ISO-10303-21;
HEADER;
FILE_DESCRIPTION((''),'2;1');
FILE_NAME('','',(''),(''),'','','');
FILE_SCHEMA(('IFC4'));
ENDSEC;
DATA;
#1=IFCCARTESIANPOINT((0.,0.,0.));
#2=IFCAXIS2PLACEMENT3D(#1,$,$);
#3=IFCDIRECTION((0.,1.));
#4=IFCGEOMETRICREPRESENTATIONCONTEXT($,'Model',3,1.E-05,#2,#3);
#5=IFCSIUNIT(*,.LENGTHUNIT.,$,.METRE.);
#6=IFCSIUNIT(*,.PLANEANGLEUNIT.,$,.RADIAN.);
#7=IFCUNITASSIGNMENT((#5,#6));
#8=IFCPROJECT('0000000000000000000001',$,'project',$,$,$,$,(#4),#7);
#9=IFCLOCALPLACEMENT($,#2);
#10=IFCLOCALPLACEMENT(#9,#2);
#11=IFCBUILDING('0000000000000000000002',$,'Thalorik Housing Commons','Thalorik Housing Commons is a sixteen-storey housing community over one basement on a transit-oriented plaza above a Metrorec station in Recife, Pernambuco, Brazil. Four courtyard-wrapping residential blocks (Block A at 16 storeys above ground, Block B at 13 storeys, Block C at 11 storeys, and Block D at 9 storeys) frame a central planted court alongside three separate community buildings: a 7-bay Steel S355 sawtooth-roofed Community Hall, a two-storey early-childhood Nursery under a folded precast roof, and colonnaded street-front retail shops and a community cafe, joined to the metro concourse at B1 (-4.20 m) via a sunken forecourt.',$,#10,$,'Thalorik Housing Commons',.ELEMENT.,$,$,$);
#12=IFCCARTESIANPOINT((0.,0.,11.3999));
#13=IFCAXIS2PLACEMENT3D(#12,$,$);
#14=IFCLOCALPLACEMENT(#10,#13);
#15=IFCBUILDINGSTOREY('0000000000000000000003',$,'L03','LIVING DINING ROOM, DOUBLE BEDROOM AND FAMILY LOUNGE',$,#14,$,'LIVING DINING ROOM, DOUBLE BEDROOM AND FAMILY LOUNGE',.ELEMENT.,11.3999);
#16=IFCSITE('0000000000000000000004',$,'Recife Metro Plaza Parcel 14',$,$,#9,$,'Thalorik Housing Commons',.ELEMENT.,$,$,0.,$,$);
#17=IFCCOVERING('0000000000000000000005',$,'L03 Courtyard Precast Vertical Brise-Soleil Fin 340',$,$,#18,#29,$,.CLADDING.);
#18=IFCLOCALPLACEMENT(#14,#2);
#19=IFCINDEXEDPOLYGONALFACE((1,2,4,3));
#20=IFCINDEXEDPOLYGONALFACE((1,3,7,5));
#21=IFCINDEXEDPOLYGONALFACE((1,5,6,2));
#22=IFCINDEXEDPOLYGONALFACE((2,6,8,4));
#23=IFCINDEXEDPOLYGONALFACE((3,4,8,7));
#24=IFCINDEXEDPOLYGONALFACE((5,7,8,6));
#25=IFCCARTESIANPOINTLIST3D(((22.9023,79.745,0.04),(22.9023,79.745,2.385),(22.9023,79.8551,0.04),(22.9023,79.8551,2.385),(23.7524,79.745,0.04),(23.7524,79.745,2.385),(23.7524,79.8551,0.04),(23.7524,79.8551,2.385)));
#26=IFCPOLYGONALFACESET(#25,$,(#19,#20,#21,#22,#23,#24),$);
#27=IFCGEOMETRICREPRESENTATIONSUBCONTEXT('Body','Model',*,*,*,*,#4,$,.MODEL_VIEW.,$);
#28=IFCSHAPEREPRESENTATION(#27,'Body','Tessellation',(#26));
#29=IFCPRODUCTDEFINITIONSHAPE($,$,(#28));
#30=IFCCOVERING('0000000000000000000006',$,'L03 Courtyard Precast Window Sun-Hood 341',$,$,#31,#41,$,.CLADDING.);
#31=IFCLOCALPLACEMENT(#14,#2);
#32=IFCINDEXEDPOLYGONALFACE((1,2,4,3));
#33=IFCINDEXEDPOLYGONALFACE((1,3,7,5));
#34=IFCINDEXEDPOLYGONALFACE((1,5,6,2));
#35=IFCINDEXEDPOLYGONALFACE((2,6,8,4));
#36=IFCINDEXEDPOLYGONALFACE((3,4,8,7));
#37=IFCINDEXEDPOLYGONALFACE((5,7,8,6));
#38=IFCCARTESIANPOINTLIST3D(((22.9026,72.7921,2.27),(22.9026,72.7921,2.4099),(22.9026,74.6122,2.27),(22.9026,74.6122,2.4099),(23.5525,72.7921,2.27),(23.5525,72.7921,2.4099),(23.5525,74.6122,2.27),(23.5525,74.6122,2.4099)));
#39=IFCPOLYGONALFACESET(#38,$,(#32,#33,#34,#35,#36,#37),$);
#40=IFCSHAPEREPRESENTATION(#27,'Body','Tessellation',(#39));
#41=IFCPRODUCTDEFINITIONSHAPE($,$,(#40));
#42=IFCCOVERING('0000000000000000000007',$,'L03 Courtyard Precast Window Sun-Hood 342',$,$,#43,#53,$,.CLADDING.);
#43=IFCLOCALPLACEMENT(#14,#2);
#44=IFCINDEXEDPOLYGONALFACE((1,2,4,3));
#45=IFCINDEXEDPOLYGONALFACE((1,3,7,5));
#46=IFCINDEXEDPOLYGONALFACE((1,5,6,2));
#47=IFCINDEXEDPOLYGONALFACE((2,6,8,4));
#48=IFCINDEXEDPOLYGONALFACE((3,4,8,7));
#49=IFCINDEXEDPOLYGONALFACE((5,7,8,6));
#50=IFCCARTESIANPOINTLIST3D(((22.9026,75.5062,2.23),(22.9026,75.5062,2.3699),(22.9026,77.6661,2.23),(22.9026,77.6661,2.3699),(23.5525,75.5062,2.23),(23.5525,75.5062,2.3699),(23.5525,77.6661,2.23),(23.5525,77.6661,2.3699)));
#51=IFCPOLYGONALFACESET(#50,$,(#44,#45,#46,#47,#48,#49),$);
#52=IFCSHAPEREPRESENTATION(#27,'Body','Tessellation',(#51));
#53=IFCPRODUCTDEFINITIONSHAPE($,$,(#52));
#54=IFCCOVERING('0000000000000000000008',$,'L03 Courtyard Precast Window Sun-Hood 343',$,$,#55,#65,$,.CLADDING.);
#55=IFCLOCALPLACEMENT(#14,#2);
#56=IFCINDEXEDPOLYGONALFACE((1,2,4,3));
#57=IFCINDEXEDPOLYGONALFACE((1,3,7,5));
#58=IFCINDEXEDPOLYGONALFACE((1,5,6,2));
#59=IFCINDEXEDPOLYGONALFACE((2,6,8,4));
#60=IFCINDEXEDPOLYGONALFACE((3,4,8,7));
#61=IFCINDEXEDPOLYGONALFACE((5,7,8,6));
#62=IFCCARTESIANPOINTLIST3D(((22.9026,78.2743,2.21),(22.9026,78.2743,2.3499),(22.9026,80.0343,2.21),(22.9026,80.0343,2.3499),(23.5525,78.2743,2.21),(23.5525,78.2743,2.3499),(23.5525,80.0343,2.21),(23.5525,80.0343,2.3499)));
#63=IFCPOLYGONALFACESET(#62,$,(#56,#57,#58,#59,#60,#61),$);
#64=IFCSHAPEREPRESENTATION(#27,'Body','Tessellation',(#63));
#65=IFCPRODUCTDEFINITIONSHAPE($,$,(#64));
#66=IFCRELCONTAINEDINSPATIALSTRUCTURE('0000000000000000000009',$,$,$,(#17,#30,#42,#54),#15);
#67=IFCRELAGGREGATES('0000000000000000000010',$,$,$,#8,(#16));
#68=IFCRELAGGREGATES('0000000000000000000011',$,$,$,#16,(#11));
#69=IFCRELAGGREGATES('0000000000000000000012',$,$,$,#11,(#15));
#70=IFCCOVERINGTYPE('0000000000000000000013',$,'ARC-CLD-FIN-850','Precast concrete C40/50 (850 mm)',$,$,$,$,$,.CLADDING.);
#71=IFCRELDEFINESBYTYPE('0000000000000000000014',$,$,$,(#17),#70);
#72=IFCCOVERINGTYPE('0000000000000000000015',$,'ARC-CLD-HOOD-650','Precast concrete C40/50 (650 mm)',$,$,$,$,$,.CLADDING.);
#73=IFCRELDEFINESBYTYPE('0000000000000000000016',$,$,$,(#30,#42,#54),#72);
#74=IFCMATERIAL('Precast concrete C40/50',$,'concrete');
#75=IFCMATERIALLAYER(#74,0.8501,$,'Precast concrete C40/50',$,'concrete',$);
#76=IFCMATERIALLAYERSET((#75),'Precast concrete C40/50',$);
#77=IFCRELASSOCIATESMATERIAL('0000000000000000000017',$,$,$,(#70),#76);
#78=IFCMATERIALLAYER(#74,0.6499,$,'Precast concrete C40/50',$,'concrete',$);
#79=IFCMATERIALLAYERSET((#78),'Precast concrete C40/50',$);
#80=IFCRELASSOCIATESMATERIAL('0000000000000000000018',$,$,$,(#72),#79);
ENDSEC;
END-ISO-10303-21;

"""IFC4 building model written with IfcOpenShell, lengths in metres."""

from ifc_helpers import new_model, si_unit, direction, frame, origin, origin_2d, place, context, subcontext, project, spatial, rectangle, extrude, material, layer, layer_set, type_object, element, save


model = new_model("IFC4")

# Units and contexts
model_context = context("Model", 3, precision=1e-05, world=origin(), true_north=direction((0.0, 1.0)))
body_context = subcontext(model_context, "Body", "Model", "MODEL_VIEW")
ifc_project = project(units=[si_unit("LENGTHUNIT", "METRE"), si_unit("PLANEANGLEUNIT", "RADIAN")], contexts=[model_context])

# Site, building, storey
site_placement = place(None, origin())
site = spatial("IfcSite", under=ifc_project, at=site_placement, Name="Recife Metro Plaza Parcel 14", LongName="Thalorik Housing Commons", CompositionType="ELEMENT", RefElevation=0.0)
building_placement = place(site_placement, origin())
building = spatial("IfcBuilding", under=site, at=building_placement, Name="Thalorik Housing Commons", Description="Thalorik Housing Commons is a sixteen-storey housing community over one basement on a transit-oriented plaza above a Metrorec station in Recife, Pernambuco, Brazil. Four courtyard-wrapping residential blocks (Block A at 16 storeys above ground, Block B at 13 storeys, Block C at 11 storeys, and Block D at 9 storeys) frame a central planted court alongside three separate community buildings: a 7-bay Steel S355 sawtooth-roofed Community Hall, a two-storey early-childhood Nursery under a folded precast roof, and colonnaded street-front retail shops and a community cafe, joined to the metro concourse at B1 (-4.20 m) via a sunken forecourt.", LongName="Thalorik Housing Commons", CompositionType="ELEMENT")
storey_placement = place(building_placement, frame((0.0, 0.0, 11.3999)))
storey = spatial("IfcBuildingStorey", under=building, at=storey_placement, Name="L03", Description="LIVING DINING ROOM, DOUBLE BEDROOM AND FAMILY LOUNGE", LongName="LIVING DINING ROOM, DOUBLE BEDROOM AND FAMILY LOUNGE", CompositionType="ELEMENT", Elevation=11.3999)

# Shared definitions
ifc_material_1 = material(Name="Precast concrete C40/50", Category="concrete")

# Coverings
ifc_layer_1 = layer(ifc_material_1, 0.8501, Name="Precast concrete C40/50", Category="concrete")
ifc_layer_set_1 = layer_set([ifc_layer_1], Name="Precast concrete C40/50")
covering_type_1 = type_object("IfcCoveringType", Name="ARC-CLD-FIN-850", Description="Precast concrete C40/50 (850 mm)", PredefinedType="CLADDING", material=ifc_layer_set_1)
for number, where, z_axis, x_axis, name in (
    (1, (23.3274, 79.8, 0.04), (0.0, 0.0, 1.0), (0.0, 1.0, 0.0), "L03 Courtyard Precast Vertical Brise-Soleil Fin 340"),
):
    element("IfcCovering", number, at=place(storey_placement, frame(where, z_axis=z_axis, x_axis=x_axis)), inside=storey, type_object=covering_type_1, Name=name, PredefinedType="CLADDING", context=body_context, shape_type="SweptSolid", body=[
        extrude(rectangle(XDim=0.1101, YDim=0.8501, at=origin_2d()), origin(), (0.0, 0.0, 1.0), 2.345),
    ])
ifc_layer_2 = layer(ifc_material_1, 0.6499, Name="Precast concrete C40/50", Category="concrete")
ifc_layer_set_2 = layer_set([ifc_layer_2], Name="Precast concrete C40/50")
covering_type_2 = type_object("IfcCoveringType", Name="ARC-CLD-HOOD-650", Description="Precast concrete C40/50 (650 mm)", PredefinedType="CLADDING", material=ifc_layer_set_2)
covering_1_placement = place(storey_placement, frame((23.2275, 73.7021, 2.27), z_axis=(0.0, 0.0, 1.0), x_axis=(0.0, 1.0, 0.0)))
element("IfcCovering", 2, at=covering_1_placement, inside=storey, type_object=covering_type_2, Name="L03 Courtyard Precast Window Sun-Hood 341", PredefinedType="CLADDING", context=body_context, shape_type="SweptSolid", body=[
    extrude(rectangle(XDim=1.8201, YDim=0.6499, at=origin_2d()), origin(), (0.0, 0.0, 1.0), 0.1399),
])
covering_2_placement = place(storey_placement, frame((23.2275, 76.5862, 2.23), z_axis=(0.0, 0.0, 1.0), x_axis=(0.0, 1.0, 0.0)))
element("IfcCovering", 3, at=covering_2_placement, inside=storey, type_object=covering_type_2, Name="L03 Courtyard Precast Window Sun-Hood 342", PredefinedType="CLADDING", context=body_context, shape_type="SweptSolid", body=[
    extrude(rectangle(XDim=2.1599, YDim=0.6499, at=origin_2d()), origin(), (0.0, 0.0, 1.0), 0.1399),
])
covering_3_placement = place(storey_placement, frame((23.2275, 79.1543, 2.21), z_axis=(0.0, 0.0, 1.0), x_axis=(0.0, 1.0, 0.0)))
element("IfcCovering", 4, at=covering_3_placement, inside=storey, type_object=covering_type_2, Name="L03 Courtyard Precast Window Sun-Hood 343", PredefinedType="CLADDING", context=body_context, shape_type="SweptSolid", body=[
    extrude(rectangle(XDim=1.76, YDim=0.6499, at=origin_2d()), origin(), (0.0, 0.0, 1.0), 0.1399),
])

save(model, "model.ifc")
